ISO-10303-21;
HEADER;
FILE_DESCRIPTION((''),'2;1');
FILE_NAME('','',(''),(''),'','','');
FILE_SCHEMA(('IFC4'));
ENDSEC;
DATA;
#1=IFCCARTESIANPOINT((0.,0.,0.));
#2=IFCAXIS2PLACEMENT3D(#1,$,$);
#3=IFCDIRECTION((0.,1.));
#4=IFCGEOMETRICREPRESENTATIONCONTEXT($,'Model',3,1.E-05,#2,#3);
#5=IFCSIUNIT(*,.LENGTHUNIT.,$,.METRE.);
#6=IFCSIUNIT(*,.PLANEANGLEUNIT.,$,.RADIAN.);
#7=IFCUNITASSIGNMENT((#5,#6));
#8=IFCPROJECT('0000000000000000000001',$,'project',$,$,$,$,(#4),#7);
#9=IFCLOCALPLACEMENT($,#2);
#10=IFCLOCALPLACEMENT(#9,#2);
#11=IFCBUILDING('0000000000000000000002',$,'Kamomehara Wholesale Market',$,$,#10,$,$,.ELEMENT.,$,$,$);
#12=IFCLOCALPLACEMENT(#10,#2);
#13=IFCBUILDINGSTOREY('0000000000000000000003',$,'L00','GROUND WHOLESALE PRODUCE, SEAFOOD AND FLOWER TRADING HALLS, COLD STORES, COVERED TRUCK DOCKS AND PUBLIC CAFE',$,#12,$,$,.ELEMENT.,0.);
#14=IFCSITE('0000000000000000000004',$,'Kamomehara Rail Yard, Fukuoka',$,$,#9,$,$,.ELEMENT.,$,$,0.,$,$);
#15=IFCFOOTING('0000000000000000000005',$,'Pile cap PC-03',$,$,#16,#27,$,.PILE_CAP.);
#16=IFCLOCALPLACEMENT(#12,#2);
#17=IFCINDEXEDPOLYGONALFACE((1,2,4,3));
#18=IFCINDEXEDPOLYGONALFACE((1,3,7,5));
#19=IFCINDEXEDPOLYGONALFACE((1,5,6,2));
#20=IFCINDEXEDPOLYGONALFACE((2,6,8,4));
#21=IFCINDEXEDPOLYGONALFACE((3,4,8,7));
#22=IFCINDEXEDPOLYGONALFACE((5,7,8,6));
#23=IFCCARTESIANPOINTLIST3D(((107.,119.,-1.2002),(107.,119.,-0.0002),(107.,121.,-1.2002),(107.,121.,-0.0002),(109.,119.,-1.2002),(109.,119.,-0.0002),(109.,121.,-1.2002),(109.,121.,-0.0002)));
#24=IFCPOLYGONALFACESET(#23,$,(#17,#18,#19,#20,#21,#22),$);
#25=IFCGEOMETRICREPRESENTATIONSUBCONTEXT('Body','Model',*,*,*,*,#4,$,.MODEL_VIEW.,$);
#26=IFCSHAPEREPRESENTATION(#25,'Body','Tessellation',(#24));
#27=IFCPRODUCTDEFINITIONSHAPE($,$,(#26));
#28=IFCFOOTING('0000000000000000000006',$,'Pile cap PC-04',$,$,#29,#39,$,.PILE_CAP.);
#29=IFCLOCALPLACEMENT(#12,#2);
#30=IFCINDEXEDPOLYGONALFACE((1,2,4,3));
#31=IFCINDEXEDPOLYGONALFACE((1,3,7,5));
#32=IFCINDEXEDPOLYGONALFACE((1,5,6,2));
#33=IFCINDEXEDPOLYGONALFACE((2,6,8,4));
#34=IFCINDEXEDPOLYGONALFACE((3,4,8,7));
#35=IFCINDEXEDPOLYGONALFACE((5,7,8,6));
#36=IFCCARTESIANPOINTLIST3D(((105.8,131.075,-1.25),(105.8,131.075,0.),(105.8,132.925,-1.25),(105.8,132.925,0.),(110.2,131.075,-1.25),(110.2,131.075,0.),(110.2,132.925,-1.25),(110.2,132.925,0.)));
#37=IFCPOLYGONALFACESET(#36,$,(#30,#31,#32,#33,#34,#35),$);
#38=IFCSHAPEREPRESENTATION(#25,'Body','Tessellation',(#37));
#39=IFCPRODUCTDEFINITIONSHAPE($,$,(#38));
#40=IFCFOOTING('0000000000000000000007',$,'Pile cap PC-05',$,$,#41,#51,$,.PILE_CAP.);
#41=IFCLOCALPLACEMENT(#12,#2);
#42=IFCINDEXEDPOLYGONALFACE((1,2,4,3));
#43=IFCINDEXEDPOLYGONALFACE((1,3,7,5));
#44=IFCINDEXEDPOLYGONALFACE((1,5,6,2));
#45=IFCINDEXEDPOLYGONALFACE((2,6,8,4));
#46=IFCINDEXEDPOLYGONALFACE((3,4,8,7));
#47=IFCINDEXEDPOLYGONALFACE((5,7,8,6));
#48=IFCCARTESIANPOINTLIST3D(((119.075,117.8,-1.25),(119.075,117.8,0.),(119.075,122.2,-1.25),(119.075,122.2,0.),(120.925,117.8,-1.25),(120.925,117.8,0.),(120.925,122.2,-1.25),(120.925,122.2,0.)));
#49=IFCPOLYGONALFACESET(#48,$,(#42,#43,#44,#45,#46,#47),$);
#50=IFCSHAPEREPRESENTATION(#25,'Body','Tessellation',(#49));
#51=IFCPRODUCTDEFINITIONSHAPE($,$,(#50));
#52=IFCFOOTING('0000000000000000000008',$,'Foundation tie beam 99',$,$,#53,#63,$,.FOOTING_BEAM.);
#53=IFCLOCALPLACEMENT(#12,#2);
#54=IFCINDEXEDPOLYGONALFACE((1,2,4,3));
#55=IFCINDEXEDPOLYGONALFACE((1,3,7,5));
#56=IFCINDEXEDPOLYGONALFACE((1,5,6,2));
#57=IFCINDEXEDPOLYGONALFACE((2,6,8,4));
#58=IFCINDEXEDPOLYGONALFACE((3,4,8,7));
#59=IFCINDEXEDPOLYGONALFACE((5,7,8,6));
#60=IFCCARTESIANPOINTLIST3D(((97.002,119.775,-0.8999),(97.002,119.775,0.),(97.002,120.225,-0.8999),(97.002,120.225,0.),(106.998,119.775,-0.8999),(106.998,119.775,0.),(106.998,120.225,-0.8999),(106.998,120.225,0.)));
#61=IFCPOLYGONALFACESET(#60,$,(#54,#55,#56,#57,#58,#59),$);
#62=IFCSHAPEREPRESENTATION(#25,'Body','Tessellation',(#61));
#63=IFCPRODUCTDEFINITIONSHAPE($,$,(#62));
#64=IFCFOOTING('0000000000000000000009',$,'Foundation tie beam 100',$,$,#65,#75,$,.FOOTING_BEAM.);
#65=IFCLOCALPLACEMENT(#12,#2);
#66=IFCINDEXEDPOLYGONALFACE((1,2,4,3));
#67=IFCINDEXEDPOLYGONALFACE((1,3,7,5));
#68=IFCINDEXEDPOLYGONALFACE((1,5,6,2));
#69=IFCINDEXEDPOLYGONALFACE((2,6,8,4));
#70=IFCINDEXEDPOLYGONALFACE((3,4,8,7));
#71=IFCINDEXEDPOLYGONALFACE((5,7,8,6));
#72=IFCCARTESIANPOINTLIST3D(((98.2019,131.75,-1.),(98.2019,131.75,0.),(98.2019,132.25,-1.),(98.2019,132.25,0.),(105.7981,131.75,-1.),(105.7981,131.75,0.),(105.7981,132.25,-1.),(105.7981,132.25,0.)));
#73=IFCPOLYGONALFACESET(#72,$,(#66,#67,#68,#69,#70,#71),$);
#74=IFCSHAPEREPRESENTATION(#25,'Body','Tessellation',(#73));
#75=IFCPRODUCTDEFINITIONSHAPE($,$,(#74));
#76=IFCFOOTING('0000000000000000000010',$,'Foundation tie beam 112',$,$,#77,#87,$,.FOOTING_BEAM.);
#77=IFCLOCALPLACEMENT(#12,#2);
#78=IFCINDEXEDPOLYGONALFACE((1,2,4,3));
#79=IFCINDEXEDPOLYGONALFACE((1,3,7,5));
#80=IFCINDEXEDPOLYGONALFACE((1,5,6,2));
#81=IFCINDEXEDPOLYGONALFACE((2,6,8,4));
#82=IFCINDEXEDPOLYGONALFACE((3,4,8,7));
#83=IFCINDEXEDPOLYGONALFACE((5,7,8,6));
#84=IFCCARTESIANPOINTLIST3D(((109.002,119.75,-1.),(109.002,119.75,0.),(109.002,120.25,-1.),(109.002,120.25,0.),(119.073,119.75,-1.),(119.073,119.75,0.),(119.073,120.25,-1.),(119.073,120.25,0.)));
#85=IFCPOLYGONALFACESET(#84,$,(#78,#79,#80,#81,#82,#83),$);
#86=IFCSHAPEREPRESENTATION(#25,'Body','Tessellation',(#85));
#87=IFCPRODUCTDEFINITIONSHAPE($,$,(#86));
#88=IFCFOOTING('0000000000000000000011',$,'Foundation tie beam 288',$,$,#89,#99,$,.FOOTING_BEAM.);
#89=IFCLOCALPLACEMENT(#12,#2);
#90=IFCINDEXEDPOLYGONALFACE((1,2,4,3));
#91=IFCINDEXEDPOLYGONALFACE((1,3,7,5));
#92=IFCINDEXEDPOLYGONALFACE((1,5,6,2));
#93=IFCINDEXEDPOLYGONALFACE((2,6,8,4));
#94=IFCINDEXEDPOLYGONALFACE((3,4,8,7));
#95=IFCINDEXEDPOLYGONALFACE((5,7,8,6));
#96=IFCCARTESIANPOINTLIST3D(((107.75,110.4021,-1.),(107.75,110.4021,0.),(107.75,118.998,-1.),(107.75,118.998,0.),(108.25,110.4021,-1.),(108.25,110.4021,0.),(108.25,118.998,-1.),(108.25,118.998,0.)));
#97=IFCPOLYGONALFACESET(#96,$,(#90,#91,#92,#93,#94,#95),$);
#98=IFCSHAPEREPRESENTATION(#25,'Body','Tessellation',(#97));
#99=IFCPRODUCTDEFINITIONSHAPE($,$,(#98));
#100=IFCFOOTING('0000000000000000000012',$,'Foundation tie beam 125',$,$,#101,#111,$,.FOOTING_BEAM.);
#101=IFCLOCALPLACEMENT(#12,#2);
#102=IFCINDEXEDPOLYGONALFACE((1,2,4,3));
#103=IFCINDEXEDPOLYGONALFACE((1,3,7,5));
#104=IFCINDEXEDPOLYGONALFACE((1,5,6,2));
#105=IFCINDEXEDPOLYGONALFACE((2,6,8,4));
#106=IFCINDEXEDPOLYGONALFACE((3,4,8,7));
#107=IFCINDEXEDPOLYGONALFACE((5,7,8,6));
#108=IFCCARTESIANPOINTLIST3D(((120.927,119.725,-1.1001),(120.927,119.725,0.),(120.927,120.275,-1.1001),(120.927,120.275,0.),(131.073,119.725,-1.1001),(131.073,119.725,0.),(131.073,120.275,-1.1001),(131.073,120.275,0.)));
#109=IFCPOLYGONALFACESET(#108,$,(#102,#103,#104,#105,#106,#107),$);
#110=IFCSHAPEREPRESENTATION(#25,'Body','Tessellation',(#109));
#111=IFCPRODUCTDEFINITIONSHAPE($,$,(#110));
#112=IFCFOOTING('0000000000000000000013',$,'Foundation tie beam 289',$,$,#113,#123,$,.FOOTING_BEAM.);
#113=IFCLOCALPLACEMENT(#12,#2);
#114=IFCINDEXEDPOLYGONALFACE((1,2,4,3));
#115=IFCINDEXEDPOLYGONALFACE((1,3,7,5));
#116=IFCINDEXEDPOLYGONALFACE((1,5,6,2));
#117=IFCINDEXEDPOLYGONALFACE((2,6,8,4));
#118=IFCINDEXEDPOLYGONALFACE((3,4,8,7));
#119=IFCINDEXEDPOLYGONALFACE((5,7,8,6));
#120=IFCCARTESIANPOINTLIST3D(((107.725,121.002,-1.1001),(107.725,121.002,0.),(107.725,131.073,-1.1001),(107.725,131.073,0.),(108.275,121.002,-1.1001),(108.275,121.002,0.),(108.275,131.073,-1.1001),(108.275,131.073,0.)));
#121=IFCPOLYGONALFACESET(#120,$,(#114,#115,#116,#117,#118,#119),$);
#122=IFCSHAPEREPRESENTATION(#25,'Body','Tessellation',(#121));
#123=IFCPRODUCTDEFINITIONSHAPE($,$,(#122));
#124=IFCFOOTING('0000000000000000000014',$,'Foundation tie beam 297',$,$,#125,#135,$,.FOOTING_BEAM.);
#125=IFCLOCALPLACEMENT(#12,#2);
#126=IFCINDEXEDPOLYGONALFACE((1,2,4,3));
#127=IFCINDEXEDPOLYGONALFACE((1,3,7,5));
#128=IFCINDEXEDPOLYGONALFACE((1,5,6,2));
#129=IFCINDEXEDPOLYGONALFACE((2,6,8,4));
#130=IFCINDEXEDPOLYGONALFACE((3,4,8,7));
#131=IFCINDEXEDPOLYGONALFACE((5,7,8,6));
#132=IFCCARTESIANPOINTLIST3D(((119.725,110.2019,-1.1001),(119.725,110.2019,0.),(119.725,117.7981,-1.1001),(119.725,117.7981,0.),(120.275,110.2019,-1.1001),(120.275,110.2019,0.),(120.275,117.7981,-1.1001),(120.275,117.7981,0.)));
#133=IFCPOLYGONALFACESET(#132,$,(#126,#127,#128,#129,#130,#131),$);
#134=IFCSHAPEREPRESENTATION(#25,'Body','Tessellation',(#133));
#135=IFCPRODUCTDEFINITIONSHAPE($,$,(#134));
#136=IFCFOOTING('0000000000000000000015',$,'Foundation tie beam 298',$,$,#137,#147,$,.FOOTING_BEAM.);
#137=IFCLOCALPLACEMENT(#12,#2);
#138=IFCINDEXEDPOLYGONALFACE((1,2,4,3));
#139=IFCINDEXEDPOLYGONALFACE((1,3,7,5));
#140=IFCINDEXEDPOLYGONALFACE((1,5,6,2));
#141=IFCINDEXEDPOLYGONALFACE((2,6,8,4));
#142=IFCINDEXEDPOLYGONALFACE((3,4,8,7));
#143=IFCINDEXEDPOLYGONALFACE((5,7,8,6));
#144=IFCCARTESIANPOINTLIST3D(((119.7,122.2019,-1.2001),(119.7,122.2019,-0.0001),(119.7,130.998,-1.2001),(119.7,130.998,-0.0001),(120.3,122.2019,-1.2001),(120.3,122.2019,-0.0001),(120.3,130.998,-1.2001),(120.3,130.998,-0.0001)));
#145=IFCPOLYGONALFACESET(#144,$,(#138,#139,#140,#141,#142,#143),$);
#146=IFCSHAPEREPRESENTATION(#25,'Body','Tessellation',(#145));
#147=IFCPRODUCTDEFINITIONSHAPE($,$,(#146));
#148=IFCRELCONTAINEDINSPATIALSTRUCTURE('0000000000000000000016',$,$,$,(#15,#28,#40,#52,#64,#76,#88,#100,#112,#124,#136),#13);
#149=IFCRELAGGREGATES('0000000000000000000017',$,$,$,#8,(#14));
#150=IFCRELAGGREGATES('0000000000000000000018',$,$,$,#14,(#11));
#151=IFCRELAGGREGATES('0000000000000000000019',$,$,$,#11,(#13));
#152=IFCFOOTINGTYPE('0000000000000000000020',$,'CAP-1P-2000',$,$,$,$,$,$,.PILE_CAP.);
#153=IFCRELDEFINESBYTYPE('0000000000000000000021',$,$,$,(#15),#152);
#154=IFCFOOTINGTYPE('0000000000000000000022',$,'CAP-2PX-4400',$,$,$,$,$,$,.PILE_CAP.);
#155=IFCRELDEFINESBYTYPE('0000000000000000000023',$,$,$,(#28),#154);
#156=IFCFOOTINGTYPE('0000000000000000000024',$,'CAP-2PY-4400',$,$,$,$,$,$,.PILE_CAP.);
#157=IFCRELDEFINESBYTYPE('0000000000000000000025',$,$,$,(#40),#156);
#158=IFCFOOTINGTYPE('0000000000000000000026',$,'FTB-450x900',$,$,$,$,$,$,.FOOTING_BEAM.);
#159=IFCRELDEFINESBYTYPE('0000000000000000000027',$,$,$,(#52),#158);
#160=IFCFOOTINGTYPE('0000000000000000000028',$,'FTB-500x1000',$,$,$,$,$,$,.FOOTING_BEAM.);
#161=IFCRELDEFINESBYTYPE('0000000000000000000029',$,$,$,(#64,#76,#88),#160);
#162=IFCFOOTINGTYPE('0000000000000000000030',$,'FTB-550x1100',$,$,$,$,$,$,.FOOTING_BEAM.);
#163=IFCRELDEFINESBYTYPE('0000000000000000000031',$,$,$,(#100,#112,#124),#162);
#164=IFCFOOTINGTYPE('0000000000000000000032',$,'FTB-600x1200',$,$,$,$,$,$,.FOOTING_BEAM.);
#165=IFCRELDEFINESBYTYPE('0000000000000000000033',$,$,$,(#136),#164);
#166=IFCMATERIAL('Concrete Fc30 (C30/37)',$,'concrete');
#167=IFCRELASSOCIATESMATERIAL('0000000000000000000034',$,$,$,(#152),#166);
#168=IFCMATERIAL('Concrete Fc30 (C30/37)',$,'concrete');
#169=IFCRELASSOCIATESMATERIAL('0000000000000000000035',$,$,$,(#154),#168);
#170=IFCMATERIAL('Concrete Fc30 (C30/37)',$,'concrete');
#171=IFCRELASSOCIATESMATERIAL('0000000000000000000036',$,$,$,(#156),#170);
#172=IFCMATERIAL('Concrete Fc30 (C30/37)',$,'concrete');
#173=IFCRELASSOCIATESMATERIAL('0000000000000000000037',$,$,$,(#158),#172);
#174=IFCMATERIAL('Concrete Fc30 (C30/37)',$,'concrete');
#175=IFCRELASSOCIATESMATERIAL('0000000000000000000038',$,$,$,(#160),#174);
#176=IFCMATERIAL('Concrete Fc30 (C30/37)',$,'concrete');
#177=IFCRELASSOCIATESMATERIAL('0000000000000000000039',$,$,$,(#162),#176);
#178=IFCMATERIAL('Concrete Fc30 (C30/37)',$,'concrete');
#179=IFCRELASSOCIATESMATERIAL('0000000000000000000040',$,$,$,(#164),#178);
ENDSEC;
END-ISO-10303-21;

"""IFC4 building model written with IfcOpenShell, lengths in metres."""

from ifc_helpers import new_model, si_unit, direction, frame, origin, origin_2d, place, context, subcontext, project, spatial, rectangle, extrude, material, material_profile, profile_set, type_object, element, save


model = new_model("IFC4")

# Units and contexts
model_context = context("Model", 3, precision=1e-05, world=origin(), true_north=direction((0.0, 1.0)))
body_context = subcontext(model_context, "Body", "Model", "MODEL_VIEW")
ifc_project = project(units=[si_unit("LENGTHUNIT", "METRE"), si_unit("PLANEANGLEUNIT", "RADIAN")], contexts=[model_context])

# Site, building, storey
site_placement = place(None, origin())
site = spatial("IfcSite", under=ifc_project, at=site_placement, Name="Kamomehara Rail Yard, Fukuoka", CompositionType="ELEMENT", RefElevation=0.0)
building_placement = place(site_placement, origin())
building = spatial("IfcBuilding", under=site, at=building_placement, Name="Kamomehara Wholesale Market", CompositionType="ELEMENT")
storey_placement = place(building_placement, origin())
storey = spatial("IfcBuildingStorey", under=building, at=storey_placement, Name="L00", Description="GROUND WHOLESALE PRODUCE, SEAFOOD AND FLOWER TRADING HALLS, COLD STORES, COVERED TRUCK DOCKS AND PUBLIC CAFE", CompositionType="ELEMENT", Elevation=0.0)

# Footings
ifc_material_1 = material(Name="Concrete Fc30 (C30/37)", Category="concrete")
footing_type_1 = type_object("IfcFootingType", Name="CAP-1P-2000", PredefinedType="PILE_CAP", material=ifc_material_1)
footing_1_placement = place(storey_placement, frame((108.0, 120.0, -1.2002), z_axis=(0.0, 0.0, 1.0), x_axis=(1.0, 0.0, 0.0)))
element("IfcFooting", 1, at=footing_1_placement, inside=storey, type_object=footing_type_1, Name="Pile cap PC-03", PredefinedType="PILE_CAP", context=body_context, shape_type="SweptSolid", body=[
    extrude(rectangle(XDim=2.0, YDim=2.0, at=origin_2d()), origin(), (0.0, 0.0, 1.0), 1.2),
])
ifc_material_2 = material(Name="Concrete Fc30 (C30/37)", Category="concrete")
footing_type_2 = type_object("IfcFootingType", Name="CAP-2PX-4400", PredefinedType="PILE_CAP", material=ifc_material_2)
footing_2_placement = place(storey_placement, frame((108.0, 132.0, -1.25), z_axis=(0.0, 0.0, 1.0), x_axis=(1.0, 0.0, 0.0)))
element("IfcFooting", 2, at=footing_2_placement, inside=storey, type_object=footing_type_2, Name="Pile cap PC-04", PredefinedType="PILE_CAP", context=body_context, shape_type="SweptSolid", body=[
    extrude(rectangle(XDim=4.3999, YDim=1.8501, at=origin_2d()), origin(), (0.0, 0.0, 1.0), 1.25),
])
ifc_material_3 = material(Name="Concrete Fc30 (C30/37)", Category="concrete")
footing_type_3 = type_object("IfcFootingType", Name="CAP-2PY-4400", PredefinedType="PILE_CAP", material=ifc_material_3)
footing_3_placement = place(storey_placement, frame((120.0, 120.0, -1.25), z_axis=(0.0, 0.0, 1.0), x_axis=(1.0, 0.0, 0.0)))
element("IfcFooting", 3, at=footing_3_placement, inside=storey, type_object=footing_type_3, Name="Pile cap PC-05", PredefinedType="PILE_CAP", context=body_context, shape_type="SweptSolid", body=[
    extrude(rectangle(XDim=1.8501, YDim=4.3999, at=origin_2d()), origin(), (0.0, 0.0, 1.0), 1.25),
])
ifc_material_4 = material(Name="Concrete Fc30 (C30/37)", Category="concrete")
ifc_material_profile_1 = material_profile(ifc_material_4, rectangle(XDim=0.45, YDim=0.8999, at=origin_2d()), Name="RC-FTB-450x900")
ifc_profile_set_1 = profile_set([ifc_material_profile_1], Name="Concrete Fc30 (C30/37)")
footing_type_4 = type_object("IfcFootingType", Name="FTB-450x900", PredefinedType="FOOTING_BEAM", material=ifc_profile_set_1)
footing_4_placement = place(storey_placement, frame((97.002, 120.0, -0.45), z_axis=(1.0, 0.0, 0.0), x_axis=(0.0, 1.0, 0.0)))
element("IfcFooting", 4, at=footing_4_placement, inside=storey, type_object=footing_type_4, Name="Foundation tie beam 99", PredefinedType="FOOTING_BEAM", context=body_context, shape_type="SweptSolid", body=[
    extrude(rectangle(XDim=0.45, YDim=0.8999, at=origin_2d()), origin(), (0.0, 0.0, 1.0), 9.9961),
])
ifc_material_5 = material(Name="Concrete Fc30 (C30/37)", Category="concrete")
ifc_material_profile_2 = material_profile(ifc_material_5, rectangle(XDim=0.5, YDim=1.0, at=origin_2d()), Name="RC-FTB-500x1000")
ifc_profile_set_2 = profile_set([ifc_material_profile_2], Name="Concrete Fc30 (C30/37)")
footing_type_5 = type_object("IfcFootingType", Name="FTB-500x1000", PredefinedType="FOOTING_BEAM", material=ifc_profile_set_2)
footing_5_placement = place(storey_placement, frame((98.2019, 132.0, -0.5), z_axis=(1.0, 0.0, 0.0), x_axis=(0.0, 1.0, 0.0)))
element("IfcFooting", 5, at=footing_5_placement, inside=storey, type_object=footing_type_5, Name="Foundation tie beam 100", PredefinedType="FOOTING_BEAM", context=body_context, shape_type="SweptSolid", body=[
    extrude(rectangle(XDim=0.5, YDim=1.0, at=origin_2d()), origin(), (0.0, 0.0, 1.0), 7.5962),
])
footing_6_placement = place(storey_placement, frame((109.002, 120.0, -0.5), z_axis=(1.0, 0.0, 0.0), x_axis=(0.0, 1.0, 0.0)))
element("IfcFooting", 6, at=footing_6_placement, inside=storey, type_object=footing_type_5, Name="Foundation tie beam 112", PredefinedType="FOOTING_BEAM", context=body_context, shape_type="SweptSolid", body=[
    extrude(rectangle(XDim=0.5, YDim=1.0, at=origin_2d()), origin(), (0.0, 0.0, 1.0), 10.071),
])
footing_7_placement = place(storey_placement, frame((108.0, 110.4021, -0.5), z_axis=(0.0, 1.0, 0.0), x_axis=(-1.0, 0.0, 0.0)))
element("IfcFooting", 7, at=footing_7_placement, inside=storey, type_object=footing_type_5, Name="Foundation tie beam 288", PredefinedType="FOOTING_BEAM", context=body_context, shape_type="SweptSolid", body=[
    extrude(rectangle(XDim=0.5, YDim=1.0, at=origin_2d()), origin(), (0.0, 0.0, 1.0), 8.5959),
])
ifc_material_6 = material(Name="Concrete Fc30 (C30/37)", Category="concrete")
ifc_material_profile_3 = material_profile(ifc_material_6, rectangle(XDim=0.55, YDim=1.1001, at=origin_2d()), Name="RC-FTB-550x1100")
ifc_profile_set_3 = profile_set([ifc_material_profile_3], Name="Concrete Fc30 (C30/37)")
footing_type_6 = type_object("IfcFootingType", Name="FTB-550x1100", PredefinedType="FOOTING_BEAM", material=ifc_profile_set_3)
footing_8_placement = place(storey_placement, frame((120.927, 120.0, -0.55), z_axis=(1.0, 0.0, 0.0), x_axis=(0.0, 1.0, 0.0)))
element("IfcFooting", 8, at=footing_8_placement, inside=storey, type_object=footing_type_6, Name="Foundation tie beam 125", PredefinedType="FOOTING_BEAM", context=body_context, shape_type="SweptSolid", body=[
    extrude(rectangle(XDim=0.55, YDim=1.1001, at=origin_2d()), origin(), (0.0, 0.0, 1.0), 10.146),
])
footing_9_placement = place(storey_placement, frame((108.0, 121.002, -0.55), z_axis=(0.0, 1.0, 0.0), x_axis=(-1.0, 0.0, 0.0)))
element("IfcFooting", 9, at=footing_9_placement, inside=storey, type_object=footing_type_6, Name="Foundation tie beam 289", PredefinedType="FOOTING_BEAM", context=body_context, shape_type="SweptSolid", body=[
    extrude(rectangle(XDim=0.55, YDim=1.1001, at=origin_2d()), origin(), (0.0, 0.0, 1.0), 10.071),
])
footing_10_placement = place(storey_placement, frame((120.0, 110.2019, -0.55), z_axis=(0.0, 1.0, 0.0), x_axis=(-1.0, 0.0, 0.0)))
element("IfcFooting", 10, at=footing_10_placement, inside=storey, type_object=footing_type_6, Name="Foundation tie beam 297", PredefinedType="FOOTING_BEAM", context=body_context, shape_type="SweptSolid", body=[
    extrude(rectangle(XDim=0.55, YDim=1.1001, at=origin_2d()), origin(), (0.0, 0.0, 1.0), 7.5962),
])
ifc_material_7 = material(Name="Concrete Fc30 (C30/37)", Category="concrete")
ifc_material_profile_4 = material_profile(ifc_material_7, rectangle(XDim=0.6001, YDim=1.2, at=origin_2d()), Name="RC-FTB-600x1200")
ifc_profile_set_4 = profile_set([ifc_material_profile_4], Name="Concrete Fc30 (C30/37)")
footing_type_7 = type_object("IfcFootingType", Name="FTB-600x1200", PredefinedType="FOOTING_BEAM", material=ifc_profile_set_4)
footing_11_placement = place(storey_placement, frame((120.0, 122.2019, -0.6001), z_axis=(0.0, 1.0, 0.0), x_axis=(-1.0, 0.0, 0.0)))
element("IfcFooting", 11, at=footing_11_placement, inside=storey, type_object=footing_type_7, Name="Foundation tie beam 298", PredefinedType="FOOTING_BEAM", context=body_context, shape_type="SweptSolid", body=[
    extrude(rectangle(XDim=0.6001, YDim=1.2, at=origin_2d()), origin(), (0.0, 0.0, 1.0), 8.7961),
])

save(model, "model.ifc")
